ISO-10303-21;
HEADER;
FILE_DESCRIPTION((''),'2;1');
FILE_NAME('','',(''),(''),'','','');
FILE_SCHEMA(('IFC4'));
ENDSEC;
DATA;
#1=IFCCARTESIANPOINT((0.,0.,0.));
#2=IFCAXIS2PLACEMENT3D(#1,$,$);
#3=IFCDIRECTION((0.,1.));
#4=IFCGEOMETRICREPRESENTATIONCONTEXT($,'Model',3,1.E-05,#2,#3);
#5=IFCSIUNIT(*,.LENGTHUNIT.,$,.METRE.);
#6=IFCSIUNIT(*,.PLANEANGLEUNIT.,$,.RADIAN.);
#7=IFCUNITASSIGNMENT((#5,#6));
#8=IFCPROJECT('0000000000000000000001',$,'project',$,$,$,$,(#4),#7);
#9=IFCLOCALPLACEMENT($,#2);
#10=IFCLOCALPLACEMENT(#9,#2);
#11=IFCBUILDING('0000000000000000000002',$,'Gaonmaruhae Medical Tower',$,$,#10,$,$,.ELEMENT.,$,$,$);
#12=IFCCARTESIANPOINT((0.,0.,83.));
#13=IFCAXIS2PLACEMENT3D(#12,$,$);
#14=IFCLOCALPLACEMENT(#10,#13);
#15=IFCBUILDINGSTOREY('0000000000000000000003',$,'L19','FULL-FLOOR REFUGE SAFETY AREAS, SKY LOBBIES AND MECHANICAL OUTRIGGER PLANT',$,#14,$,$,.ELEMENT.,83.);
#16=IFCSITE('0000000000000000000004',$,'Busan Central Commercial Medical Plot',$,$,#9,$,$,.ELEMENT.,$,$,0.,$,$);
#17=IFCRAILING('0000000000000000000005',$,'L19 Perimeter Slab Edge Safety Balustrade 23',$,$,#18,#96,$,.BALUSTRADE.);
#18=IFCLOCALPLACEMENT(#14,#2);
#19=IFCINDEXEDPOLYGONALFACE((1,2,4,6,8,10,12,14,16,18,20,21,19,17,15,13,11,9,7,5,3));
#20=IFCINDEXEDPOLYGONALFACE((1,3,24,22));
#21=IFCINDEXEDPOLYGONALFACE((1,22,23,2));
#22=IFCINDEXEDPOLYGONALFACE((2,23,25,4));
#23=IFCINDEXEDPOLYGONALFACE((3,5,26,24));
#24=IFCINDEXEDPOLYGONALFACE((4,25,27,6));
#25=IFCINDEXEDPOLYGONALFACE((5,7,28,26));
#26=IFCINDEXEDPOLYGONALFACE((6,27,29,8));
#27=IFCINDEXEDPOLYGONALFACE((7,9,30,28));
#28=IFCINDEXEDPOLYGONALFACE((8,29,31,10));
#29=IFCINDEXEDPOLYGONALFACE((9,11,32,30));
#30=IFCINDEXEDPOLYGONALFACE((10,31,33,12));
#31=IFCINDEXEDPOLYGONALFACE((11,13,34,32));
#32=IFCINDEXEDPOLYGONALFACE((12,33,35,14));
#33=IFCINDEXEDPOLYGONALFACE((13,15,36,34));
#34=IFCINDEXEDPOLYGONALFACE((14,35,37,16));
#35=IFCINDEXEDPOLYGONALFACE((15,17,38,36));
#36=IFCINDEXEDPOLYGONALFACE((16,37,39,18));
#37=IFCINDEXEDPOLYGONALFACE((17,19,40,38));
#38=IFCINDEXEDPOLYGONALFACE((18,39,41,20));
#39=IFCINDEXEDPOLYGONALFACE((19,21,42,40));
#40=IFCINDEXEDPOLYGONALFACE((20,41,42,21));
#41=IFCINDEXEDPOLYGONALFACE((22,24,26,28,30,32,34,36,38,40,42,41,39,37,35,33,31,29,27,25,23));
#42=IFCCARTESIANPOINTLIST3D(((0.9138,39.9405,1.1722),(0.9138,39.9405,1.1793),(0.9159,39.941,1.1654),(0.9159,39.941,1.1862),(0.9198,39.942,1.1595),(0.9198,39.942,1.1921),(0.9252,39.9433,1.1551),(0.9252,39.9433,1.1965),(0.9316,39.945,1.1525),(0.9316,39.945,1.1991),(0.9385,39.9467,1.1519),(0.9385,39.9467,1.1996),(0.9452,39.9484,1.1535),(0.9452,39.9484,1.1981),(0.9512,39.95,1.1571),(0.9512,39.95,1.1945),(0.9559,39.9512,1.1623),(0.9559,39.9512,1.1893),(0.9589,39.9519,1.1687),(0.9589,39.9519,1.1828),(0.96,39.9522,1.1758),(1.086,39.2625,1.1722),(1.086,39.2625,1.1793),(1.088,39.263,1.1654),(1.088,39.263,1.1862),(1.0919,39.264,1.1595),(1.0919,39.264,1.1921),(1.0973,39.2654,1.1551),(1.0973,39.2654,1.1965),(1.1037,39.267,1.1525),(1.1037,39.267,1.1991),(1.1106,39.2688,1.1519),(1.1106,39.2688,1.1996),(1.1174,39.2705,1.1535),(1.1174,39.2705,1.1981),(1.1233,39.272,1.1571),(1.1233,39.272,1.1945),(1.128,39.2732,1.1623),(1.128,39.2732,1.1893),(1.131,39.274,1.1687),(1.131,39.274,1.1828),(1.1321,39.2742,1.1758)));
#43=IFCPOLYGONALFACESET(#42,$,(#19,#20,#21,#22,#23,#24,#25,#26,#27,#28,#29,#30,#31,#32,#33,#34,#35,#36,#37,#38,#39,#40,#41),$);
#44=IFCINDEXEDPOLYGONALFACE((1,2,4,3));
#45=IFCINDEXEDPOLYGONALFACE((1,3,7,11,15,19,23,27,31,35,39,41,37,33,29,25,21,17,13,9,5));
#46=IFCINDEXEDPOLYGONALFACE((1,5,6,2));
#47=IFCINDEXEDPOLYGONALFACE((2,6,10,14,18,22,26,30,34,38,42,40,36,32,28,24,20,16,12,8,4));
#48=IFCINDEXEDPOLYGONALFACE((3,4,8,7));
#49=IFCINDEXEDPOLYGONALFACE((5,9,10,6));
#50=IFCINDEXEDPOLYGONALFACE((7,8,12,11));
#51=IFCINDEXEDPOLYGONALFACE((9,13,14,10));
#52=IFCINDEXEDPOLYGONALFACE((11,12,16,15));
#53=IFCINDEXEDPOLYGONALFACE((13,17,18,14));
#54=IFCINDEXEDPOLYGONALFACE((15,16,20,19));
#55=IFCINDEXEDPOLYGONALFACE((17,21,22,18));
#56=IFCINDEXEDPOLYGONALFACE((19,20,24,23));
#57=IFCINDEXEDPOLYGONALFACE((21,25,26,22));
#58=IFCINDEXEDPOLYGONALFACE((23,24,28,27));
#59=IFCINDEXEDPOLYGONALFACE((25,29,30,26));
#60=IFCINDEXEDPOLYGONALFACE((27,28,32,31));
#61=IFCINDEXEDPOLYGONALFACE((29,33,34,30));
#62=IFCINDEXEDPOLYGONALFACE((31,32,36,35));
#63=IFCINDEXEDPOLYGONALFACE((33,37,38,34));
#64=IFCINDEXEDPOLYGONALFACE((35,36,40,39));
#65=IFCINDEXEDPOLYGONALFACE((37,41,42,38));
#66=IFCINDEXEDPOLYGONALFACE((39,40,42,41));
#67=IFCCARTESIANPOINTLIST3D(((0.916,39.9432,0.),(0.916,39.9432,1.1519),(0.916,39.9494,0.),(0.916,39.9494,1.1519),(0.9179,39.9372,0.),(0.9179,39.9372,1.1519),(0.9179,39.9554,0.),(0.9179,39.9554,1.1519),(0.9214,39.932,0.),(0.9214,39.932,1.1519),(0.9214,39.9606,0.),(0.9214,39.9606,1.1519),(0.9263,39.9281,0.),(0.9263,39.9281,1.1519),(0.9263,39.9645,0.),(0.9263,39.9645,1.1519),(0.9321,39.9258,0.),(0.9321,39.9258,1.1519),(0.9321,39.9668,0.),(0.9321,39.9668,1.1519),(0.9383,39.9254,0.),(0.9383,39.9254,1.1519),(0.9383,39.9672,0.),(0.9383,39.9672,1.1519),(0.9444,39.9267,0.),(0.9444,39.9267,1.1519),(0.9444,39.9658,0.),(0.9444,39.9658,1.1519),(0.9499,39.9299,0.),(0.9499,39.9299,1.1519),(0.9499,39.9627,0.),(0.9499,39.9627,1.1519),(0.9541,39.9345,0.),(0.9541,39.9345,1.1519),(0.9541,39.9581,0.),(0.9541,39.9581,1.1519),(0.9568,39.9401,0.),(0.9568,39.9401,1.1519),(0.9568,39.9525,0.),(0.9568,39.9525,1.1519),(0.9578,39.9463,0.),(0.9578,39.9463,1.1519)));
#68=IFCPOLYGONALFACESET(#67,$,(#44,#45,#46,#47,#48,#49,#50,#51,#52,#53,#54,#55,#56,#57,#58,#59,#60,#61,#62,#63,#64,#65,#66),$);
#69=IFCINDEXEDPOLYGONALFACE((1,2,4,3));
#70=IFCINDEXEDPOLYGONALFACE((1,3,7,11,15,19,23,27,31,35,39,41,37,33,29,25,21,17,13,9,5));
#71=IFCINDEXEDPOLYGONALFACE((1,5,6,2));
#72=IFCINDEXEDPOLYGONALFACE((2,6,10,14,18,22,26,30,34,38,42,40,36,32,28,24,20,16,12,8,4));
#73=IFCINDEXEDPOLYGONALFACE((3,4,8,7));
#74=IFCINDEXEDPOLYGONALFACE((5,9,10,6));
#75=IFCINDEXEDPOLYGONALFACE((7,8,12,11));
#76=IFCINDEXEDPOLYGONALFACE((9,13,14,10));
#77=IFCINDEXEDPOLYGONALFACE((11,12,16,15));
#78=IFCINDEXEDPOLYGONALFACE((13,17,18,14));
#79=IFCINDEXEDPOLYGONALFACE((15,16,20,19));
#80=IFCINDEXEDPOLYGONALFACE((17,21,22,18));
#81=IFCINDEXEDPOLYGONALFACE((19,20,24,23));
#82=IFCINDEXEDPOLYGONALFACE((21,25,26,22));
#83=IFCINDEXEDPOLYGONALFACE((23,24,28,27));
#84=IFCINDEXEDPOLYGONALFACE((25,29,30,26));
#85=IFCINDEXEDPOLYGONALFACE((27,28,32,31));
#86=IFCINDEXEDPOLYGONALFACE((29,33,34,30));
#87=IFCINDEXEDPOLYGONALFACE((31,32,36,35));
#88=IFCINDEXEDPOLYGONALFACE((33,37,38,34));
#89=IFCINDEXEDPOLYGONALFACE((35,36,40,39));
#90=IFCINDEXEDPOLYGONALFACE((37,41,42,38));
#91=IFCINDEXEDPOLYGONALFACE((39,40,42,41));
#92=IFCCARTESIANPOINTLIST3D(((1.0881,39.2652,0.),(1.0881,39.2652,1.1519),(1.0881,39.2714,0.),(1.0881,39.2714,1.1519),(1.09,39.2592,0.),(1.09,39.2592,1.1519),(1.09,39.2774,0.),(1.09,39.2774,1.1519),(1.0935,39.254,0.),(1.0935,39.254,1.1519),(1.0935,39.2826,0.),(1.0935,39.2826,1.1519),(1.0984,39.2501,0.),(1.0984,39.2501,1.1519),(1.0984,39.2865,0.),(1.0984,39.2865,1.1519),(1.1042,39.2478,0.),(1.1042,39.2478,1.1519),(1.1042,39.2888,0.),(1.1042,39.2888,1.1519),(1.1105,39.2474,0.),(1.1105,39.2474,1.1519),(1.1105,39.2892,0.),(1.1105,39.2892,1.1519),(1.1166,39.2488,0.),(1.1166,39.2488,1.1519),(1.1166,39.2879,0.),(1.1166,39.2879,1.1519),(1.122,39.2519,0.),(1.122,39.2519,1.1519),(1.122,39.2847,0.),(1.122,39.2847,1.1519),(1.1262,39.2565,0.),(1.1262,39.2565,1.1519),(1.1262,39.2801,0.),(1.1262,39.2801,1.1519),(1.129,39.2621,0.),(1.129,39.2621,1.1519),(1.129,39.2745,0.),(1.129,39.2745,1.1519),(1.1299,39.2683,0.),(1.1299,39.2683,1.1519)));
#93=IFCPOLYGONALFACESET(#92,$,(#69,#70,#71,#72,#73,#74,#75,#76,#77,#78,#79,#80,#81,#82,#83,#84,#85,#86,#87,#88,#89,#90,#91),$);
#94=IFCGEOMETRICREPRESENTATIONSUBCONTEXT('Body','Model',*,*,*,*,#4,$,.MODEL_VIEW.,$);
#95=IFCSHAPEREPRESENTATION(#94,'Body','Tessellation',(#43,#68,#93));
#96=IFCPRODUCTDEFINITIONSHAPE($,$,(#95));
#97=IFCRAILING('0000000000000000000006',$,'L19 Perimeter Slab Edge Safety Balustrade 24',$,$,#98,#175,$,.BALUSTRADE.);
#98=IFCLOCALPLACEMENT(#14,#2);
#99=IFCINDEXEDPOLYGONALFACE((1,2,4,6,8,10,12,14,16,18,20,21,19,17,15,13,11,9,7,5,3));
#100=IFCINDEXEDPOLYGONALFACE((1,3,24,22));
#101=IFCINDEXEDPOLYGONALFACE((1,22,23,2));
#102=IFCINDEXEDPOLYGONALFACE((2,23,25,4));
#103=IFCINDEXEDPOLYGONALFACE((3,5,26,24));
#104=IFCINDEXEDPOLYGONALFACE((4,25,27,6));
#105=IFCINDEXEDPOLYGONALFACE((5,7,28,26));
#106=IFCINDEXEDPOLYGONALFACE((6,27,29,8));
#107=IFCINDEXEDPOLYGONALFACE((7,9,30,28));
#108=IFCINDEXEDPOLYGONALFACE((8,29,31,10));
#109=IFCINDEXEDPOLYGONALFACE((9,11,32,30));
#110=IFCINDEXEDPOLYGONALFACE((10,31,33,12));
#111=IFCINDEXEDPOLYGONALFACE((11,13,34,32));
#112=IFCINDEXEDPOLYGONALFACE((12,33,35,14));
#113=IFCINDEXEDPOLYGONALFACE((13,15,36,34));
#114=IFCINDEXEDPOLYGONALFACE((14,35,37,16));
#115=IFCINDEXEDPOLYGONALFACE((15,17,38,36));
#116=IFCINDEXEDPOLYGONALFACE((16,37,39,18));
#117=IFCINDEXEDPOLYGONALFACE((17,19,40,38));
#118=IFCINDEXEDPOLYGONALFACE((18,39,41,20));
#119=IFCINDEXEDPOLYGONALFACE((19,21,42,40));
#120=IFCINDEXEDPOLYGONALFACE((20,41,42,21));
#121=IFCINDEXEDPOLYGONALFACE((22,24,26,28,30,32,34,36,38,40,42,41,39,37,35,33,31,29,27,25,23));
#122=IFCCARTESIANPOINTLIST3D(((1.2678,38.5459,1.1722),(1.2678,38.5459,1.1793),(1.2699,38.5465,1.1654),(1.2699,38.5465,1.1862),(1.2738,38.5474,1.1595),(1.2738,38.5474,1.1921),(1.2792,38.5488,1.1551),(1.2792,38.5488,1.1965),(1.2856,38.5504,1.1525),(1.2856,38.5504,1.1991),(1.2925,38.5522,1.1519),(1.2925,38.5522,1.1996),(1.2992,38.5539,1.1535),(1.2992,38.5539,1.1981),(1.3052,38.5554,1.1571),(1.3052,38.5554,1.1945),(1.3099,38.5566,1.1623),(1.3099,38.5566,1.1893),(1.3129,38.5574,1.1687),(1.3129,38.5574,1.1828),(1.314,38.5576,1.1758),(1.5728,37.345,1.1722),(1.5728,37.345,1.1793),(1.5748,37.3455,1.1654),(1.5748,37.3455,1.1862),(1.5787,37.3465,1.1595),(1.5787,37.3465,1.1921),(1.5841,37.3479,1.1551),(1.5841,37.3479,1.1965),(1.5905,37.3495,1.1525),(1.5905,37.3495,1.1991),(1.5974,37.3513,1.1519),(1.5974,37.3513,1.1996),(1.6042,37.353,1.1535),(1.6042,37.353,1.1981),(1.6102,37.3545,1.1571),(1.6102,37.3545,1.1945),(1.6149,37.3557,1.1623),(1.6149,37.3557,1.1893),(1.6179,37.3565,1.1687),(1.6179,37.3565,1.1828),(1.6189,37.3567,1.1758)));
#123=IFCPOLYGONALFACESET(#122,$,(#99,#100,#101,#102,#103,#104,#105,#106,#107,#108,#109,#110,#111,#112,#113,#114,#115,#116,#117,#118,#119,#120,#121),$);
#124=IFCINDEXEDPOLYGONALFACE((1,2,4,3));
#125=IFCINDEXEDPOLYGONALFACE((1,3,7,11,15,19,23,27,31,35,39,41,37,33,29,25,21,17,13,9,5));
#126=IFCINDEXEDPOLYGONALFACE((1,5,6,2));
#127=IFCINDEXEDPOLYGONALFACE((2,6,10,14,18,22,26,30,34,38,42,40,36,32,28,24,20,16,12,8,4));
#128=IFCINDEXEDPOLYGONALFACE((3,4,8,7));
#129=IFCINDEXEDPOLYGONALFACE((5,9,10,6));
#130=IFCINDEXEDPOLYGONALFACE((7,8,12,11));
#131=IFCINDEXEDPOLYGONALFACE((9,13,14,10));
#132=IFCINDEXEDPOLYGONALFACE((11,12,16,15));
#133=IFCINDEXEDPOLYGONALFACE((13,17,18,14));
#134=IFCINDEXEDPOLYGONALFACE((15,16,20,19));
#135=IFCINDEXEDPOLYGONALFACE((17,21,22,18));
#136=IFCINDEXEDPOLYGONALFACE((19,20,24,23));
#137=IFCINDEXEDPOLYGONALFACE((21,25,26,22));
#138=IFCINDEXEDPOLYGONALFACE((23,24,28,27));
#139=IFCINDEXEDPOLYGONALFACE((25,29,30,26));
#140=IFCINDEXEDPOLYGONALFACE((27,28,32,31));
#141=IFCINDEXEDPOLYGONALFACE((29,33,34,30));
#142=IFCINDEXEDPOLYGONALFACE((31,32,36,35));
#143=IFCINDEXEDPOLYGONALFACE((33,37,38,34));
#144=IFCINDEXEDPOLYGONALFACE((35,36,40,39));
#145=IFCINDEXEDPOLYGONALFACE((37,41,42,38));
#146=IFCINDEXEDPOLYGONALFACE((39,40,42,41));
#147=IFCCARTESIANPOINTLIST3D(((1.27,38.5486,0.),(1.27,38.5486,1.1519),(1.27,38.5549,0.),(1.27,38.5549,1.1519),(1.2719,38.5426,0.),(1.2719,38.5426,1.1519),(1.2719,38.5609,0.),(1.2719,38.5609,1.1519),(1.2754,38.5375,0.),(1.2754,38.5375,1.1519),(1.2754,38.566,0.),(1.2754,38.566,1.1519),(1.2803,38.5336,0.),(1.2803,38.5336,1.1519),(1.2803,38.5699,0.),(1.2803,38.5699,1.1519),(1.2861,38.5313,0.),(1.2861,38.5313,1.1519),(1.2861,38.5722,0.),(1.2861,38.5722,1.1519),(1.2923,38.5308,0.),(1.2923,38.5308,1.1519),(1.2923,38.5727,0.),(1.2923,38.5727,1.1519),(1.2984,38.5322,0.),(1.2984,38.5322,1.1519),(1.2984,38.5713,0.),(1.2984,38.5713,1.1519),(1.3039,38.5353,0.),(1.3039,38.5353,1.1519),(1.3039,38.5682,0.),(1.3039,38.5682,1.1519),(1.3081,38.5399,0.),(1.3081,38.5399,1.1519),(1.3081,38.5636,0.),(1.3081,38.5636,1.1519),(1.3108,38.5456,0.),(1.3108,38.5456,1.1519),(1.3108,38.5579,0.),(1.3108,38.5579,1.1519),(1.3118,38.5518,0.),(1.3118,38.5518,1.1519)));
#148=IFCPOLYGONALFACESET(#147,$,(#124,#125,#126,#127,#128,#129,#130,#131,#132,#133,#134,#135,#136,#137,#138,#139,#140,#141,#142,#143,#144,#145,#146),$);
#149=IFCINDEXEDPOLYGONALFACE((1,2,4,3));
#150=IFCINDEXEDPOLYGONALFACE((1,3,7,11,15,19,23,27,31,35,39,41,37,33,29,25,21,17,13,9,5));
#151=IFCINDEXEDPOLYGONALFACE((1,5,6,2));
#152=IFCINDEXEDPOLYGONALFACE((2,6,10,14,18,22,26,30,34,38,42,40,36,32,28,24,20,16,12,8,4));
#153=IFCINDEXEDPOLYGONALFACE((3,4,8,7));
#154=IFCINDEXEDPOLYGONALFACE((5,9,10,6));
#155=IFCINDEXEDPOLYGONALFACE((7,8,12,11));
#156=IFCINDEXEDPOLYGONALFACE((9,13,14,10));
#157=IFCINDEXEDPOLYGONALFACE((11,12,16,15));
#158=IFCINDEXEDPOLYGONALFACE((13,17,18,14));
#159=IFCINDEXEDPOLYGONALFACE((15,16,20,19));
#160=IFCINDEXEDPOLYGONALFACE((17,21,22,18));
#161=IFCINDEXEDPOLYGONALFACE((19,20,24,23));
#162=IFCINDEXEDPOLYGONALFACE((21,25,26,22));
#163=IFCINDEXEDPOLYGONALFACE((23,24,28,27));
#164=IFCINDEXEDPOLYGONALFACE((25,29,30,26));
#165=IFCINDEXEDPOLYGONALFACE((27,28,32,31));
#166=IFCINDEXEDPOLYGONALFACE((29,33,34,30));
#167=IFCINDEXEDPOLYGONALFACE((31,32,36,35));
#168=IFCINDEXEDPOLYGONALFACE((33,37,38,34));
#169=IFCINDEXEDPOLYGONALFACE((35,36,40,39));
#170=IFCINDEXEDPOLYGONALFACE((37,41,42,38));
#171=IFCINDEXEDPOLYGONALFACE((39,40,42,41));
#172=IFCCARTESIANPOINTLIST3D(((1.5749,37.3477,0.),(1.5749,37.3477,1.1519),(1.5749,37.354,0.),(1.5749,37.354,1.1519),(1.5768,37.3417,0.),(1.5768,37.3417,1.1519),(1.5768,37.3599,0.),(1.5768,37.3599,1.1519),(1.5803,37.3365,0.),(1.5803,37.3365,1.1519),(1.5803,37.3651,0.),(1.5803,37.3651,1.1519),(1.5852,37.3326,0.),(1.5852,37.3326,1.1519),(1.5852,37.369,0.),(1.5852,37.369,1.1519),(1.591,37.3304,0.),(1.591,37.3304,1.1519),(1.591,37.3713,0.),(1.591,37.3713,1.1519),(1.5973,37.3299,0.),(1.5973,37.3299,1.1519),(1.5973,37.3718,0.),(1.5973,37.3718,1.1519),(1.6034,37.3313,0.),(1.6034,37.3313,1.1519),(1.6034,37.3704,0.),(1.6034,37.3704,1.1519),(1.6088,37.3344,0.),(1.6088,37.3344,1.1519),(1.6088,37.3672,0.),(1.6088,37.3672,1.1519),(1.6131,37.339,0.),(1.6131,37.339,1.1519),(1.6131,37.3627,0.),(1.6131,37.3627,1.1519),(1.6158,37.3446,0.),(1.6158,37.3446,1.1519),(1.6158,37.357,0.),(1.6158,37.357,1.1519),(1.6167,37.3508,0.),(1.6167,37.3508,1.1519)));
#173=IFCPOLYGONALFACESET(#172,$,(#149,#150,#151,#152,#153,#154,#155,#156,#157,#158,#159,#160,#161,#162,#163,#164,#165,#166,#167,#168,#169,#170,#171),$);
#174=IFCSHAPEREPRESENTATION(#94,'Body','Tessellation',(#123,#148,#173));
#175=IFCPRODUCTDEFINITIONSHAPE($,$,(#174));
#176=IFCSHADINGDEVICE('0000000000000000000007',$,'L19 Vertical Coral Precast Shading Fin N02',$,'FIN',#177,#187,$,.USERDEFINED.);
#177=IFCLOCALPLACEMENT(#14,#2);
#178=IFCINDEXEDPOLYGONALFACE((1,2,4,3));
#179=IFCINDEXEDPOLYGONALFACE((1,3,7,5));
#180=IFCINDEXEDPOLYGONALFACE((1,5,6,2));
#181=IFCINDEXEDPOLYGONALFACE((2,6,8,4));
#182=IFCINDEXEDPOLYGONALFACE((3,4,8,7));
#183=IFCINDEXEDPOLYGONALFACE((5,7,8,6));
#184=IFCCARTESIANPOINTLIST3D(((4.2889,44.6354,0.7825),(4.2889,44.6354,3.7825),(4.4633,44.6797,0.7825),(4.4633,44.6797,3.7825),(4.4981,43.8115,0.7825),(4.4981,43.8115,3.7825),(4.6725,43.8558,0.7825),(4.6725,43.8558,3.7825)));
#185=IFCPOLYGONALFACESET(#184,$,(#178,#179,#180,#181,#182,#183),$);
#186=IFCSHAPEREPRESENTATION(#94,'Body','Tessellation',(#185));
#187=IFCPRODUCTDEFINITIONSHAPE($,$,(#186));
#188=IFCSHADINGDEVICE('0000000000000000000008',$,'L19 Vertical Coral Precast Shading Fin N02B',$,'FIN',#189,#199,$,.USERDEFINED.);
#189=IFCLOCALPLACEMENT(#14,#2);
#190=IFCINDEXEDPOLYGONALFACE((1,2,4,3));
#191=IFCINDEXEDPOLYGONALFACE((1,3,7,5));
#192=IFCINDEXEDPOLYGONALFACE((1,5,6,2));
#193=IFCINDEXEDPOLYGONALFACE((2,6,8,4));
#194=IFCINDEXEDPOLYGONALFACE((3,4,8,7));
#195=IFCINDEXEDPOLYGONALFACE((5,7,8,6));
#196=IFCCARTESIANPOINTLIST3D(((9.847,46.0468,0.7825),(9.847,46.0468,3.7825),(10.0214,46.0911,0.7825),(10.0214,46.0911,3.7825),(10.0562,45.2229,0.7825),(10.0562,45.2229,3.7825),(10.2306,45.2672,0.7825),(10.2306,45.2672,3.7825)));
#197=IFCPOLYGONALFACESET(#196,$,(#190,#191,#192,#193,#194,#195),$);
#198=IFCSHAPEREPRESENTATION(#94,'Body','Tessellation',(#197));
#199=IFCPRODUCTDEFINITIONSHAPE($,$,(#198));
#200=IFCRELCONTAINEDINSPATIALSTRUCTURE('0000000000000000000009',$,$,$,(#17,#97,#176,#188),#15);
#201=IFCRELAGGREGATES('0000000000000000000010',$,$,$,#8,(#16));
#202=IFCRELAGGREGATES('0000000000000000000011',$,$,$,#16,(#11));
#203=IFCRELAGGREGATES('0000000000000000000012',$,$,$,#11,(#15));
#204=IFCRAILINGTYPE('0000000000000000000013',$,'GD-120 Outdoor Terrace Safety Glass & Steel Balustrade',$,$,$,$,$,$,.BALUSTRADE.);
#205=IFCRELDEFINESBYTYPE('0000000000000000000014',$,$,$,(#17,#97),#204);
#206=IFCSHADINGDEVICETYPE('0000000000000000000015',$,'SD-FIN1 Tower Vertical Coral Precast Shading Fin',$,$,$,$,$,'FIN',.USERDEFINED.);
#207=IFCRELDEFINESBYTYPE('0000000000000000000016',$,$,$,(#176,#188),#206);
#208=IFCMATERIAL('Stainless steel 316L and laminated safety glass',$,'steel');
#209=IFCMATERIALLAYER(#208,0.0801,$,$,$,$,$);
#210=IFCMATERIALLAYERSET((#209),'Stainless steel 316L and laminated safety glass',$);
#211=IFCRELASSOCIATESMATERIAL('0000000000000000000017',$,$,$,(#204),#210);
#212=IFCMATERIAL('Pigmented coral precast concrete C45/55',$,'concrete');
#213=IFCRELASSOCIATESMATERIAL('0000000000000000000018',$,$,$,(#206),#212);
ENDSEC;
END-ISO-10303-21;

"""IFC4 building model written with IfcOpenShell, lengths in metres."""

from ifc_helpers import new_model, si_unit, direction, frame, origin, origin_2d, place, context, subcontext, project, spatial, rectangle, circle, extrude, material, layer, layer_set, type_object, element, save


model = new_model("IFC4")

# Units and contexts
model_context = context("Model", 3, precision=1e-05, world=origin(), true_north=direction((0.0, 1.0)))
body_context = subcontext(model_context, "Body", "Model", "MODEL_VIEW")
ifc_project = project(units=[si_unit("LENGTHUNIT", "METRE"), si_unit("PLANEANGLEUNIT", "RADIAN")], contexts=[model_context])

# Site, building, storey
site_placement = place(None, origin())
site = spatial("IfcSite", under=ifc_project, at=site_placement, Name="Busan Central Commercial Medical Plot", CompositionType="ELEMENT", RefElevation=0.0)
building_placement = place(site_placement, origin())
building = spatial("IfcBuilding", under=site, at=building_placement, Name="Gaonmaruhae Medical Tower", CompositionType="ELEMENT")
storey_placement = place(building_placement, frame((0.0, 0.0, 83.0)))
storey = spatial("IfcBuildingStorey", under=building, at=storey_placement, Name="L19", Description="FULL-FLOOR REFUGE SAFETY AREAS, SKY LOBBIES AND MECHANICAL OUTRIGGER PLANT", CompositionType="ELEMENT", Elevation=83.0)

# Railings
ifc_material_1 = material(Name="Stainless steel 316L and laminated safety glass", Category="steel")
ifc_layer_1 = layer(ifc_material_1, 0.0801)
ifc_layer_set_1 = layer_set([ifc_layer_1], Name="Stainless steel 316L and laminated safety glass")
railing_type = type_object("IfcRailingType", Name="GD-120 Outdoor Terrace Safety Glass & Steel Balustrade", PredefinedType="BALUSTRADE", material=ifc_layer_set_1)
railing_1_placement = place(storey_placement, frame((0.9368, 39.9463, 0.0)))
element("IfcRailing", 1, at=railing_1_placement, inside=storey, type_object=railing_type, Name="L19 Perimeter Slab Edge Safety Balustrade 23", PredefinedType="BALUSTRADE", context=body_context, shape_type="SweptSolid", body=[
    extrude(circle(Radius=0.0239, at=origin_2d()), frame((0.0, 0.0, 1.1758), z_axis=(0.246065, -0.969253, 0.0), x_axis=(0.969253, 0.246065, 0.0)), (0.0, 0.0, 1.0), 0.6995),
    extrude(circle(Radius=0.021, at=origin_2d()), origin(), (0.0, 0.0, 1.0), 1.1519),
    extrude(circle(Radius=0.021, at=origin_2d()), frame((0.1721, -0.678, 0.0)), (0.0, 0.0, 1.0), 1.1519),
])
railing_2_placement = place(storey_placement, frame((1.2908, 38.5518, 0.0)))
element("IfcRailing", 2, at=railing_2_placement, inside=storey, type_object=railing_type, Name="L19 Perimeter Slab Edge Safety Balustrade 24", PredefinedType="BALUSTRADE", context=body_context, shape_type="SweptSolid", body=[
    extrude(circle(Radius=0.0239, at=origin_2d()), frame((0.0, 0.0, 1.1758), z_axis=(0.246104, -0.969243, 0.0), x_axis=(0.969243, 0.246104, 0.0)), (0.0, 0.0, 1.0), 1.239),
    extrude(circle(Radius=0.021, at=origin_2d()), origin(), (0.0, 0.0, 1.0), 1.1519),
    extrude(circle(Radius=0.021, at=origin_2d()), frame((0.3049, -1.2009, 0.0)), (0.0, 0.0, 1.0), 1.1519),
])

# Shading devices
ifc_material_2 = material(Name="Pigmented coral precast concrete C45/55", Category="concrete")
shading_device_type = type_object("IfcShadingDeviceType", Name="SD-FIN1 Tower Vertical Coral Precast Shading Fin", ElementType="FIN", PredefinedType="USERDEFINED", material=ifc_material_2)
for number, where, z_axis, x_axis, name in (
    (3, (4.4807, 44.2456, 0.7825), (0.0, 0.0, 1.0), (0.969231, 0.246153, 0.0), "L19 Vertical Coral Precast Shading Fin N02"),
    (4, (10.0388, 45.657, 0.7825), (0.0, 0.0, 1.0), (0.969231, 0.246153, 0.0), "L19 Vertical Coral Precast Shading Fin N02B"),
):
    element("IfcShadingDevice", number, at=place(storey_placement, frame(where, z_axis=z_axis, x_axis=x_axis)), inside=storey, type_object=shading_device_type, Name=name, ObjectType="FIN", PredefinedType="USERDEFINED", context=body_context, shape_type="SweptSolid", body=[
        extrude(rectangle(XDim=0.1799, YDim=0.8501, at=origin_2d()), origin(), (0.0, 0.0, 1.0), 3.0),
    ])

save(model, "model.ifc")
